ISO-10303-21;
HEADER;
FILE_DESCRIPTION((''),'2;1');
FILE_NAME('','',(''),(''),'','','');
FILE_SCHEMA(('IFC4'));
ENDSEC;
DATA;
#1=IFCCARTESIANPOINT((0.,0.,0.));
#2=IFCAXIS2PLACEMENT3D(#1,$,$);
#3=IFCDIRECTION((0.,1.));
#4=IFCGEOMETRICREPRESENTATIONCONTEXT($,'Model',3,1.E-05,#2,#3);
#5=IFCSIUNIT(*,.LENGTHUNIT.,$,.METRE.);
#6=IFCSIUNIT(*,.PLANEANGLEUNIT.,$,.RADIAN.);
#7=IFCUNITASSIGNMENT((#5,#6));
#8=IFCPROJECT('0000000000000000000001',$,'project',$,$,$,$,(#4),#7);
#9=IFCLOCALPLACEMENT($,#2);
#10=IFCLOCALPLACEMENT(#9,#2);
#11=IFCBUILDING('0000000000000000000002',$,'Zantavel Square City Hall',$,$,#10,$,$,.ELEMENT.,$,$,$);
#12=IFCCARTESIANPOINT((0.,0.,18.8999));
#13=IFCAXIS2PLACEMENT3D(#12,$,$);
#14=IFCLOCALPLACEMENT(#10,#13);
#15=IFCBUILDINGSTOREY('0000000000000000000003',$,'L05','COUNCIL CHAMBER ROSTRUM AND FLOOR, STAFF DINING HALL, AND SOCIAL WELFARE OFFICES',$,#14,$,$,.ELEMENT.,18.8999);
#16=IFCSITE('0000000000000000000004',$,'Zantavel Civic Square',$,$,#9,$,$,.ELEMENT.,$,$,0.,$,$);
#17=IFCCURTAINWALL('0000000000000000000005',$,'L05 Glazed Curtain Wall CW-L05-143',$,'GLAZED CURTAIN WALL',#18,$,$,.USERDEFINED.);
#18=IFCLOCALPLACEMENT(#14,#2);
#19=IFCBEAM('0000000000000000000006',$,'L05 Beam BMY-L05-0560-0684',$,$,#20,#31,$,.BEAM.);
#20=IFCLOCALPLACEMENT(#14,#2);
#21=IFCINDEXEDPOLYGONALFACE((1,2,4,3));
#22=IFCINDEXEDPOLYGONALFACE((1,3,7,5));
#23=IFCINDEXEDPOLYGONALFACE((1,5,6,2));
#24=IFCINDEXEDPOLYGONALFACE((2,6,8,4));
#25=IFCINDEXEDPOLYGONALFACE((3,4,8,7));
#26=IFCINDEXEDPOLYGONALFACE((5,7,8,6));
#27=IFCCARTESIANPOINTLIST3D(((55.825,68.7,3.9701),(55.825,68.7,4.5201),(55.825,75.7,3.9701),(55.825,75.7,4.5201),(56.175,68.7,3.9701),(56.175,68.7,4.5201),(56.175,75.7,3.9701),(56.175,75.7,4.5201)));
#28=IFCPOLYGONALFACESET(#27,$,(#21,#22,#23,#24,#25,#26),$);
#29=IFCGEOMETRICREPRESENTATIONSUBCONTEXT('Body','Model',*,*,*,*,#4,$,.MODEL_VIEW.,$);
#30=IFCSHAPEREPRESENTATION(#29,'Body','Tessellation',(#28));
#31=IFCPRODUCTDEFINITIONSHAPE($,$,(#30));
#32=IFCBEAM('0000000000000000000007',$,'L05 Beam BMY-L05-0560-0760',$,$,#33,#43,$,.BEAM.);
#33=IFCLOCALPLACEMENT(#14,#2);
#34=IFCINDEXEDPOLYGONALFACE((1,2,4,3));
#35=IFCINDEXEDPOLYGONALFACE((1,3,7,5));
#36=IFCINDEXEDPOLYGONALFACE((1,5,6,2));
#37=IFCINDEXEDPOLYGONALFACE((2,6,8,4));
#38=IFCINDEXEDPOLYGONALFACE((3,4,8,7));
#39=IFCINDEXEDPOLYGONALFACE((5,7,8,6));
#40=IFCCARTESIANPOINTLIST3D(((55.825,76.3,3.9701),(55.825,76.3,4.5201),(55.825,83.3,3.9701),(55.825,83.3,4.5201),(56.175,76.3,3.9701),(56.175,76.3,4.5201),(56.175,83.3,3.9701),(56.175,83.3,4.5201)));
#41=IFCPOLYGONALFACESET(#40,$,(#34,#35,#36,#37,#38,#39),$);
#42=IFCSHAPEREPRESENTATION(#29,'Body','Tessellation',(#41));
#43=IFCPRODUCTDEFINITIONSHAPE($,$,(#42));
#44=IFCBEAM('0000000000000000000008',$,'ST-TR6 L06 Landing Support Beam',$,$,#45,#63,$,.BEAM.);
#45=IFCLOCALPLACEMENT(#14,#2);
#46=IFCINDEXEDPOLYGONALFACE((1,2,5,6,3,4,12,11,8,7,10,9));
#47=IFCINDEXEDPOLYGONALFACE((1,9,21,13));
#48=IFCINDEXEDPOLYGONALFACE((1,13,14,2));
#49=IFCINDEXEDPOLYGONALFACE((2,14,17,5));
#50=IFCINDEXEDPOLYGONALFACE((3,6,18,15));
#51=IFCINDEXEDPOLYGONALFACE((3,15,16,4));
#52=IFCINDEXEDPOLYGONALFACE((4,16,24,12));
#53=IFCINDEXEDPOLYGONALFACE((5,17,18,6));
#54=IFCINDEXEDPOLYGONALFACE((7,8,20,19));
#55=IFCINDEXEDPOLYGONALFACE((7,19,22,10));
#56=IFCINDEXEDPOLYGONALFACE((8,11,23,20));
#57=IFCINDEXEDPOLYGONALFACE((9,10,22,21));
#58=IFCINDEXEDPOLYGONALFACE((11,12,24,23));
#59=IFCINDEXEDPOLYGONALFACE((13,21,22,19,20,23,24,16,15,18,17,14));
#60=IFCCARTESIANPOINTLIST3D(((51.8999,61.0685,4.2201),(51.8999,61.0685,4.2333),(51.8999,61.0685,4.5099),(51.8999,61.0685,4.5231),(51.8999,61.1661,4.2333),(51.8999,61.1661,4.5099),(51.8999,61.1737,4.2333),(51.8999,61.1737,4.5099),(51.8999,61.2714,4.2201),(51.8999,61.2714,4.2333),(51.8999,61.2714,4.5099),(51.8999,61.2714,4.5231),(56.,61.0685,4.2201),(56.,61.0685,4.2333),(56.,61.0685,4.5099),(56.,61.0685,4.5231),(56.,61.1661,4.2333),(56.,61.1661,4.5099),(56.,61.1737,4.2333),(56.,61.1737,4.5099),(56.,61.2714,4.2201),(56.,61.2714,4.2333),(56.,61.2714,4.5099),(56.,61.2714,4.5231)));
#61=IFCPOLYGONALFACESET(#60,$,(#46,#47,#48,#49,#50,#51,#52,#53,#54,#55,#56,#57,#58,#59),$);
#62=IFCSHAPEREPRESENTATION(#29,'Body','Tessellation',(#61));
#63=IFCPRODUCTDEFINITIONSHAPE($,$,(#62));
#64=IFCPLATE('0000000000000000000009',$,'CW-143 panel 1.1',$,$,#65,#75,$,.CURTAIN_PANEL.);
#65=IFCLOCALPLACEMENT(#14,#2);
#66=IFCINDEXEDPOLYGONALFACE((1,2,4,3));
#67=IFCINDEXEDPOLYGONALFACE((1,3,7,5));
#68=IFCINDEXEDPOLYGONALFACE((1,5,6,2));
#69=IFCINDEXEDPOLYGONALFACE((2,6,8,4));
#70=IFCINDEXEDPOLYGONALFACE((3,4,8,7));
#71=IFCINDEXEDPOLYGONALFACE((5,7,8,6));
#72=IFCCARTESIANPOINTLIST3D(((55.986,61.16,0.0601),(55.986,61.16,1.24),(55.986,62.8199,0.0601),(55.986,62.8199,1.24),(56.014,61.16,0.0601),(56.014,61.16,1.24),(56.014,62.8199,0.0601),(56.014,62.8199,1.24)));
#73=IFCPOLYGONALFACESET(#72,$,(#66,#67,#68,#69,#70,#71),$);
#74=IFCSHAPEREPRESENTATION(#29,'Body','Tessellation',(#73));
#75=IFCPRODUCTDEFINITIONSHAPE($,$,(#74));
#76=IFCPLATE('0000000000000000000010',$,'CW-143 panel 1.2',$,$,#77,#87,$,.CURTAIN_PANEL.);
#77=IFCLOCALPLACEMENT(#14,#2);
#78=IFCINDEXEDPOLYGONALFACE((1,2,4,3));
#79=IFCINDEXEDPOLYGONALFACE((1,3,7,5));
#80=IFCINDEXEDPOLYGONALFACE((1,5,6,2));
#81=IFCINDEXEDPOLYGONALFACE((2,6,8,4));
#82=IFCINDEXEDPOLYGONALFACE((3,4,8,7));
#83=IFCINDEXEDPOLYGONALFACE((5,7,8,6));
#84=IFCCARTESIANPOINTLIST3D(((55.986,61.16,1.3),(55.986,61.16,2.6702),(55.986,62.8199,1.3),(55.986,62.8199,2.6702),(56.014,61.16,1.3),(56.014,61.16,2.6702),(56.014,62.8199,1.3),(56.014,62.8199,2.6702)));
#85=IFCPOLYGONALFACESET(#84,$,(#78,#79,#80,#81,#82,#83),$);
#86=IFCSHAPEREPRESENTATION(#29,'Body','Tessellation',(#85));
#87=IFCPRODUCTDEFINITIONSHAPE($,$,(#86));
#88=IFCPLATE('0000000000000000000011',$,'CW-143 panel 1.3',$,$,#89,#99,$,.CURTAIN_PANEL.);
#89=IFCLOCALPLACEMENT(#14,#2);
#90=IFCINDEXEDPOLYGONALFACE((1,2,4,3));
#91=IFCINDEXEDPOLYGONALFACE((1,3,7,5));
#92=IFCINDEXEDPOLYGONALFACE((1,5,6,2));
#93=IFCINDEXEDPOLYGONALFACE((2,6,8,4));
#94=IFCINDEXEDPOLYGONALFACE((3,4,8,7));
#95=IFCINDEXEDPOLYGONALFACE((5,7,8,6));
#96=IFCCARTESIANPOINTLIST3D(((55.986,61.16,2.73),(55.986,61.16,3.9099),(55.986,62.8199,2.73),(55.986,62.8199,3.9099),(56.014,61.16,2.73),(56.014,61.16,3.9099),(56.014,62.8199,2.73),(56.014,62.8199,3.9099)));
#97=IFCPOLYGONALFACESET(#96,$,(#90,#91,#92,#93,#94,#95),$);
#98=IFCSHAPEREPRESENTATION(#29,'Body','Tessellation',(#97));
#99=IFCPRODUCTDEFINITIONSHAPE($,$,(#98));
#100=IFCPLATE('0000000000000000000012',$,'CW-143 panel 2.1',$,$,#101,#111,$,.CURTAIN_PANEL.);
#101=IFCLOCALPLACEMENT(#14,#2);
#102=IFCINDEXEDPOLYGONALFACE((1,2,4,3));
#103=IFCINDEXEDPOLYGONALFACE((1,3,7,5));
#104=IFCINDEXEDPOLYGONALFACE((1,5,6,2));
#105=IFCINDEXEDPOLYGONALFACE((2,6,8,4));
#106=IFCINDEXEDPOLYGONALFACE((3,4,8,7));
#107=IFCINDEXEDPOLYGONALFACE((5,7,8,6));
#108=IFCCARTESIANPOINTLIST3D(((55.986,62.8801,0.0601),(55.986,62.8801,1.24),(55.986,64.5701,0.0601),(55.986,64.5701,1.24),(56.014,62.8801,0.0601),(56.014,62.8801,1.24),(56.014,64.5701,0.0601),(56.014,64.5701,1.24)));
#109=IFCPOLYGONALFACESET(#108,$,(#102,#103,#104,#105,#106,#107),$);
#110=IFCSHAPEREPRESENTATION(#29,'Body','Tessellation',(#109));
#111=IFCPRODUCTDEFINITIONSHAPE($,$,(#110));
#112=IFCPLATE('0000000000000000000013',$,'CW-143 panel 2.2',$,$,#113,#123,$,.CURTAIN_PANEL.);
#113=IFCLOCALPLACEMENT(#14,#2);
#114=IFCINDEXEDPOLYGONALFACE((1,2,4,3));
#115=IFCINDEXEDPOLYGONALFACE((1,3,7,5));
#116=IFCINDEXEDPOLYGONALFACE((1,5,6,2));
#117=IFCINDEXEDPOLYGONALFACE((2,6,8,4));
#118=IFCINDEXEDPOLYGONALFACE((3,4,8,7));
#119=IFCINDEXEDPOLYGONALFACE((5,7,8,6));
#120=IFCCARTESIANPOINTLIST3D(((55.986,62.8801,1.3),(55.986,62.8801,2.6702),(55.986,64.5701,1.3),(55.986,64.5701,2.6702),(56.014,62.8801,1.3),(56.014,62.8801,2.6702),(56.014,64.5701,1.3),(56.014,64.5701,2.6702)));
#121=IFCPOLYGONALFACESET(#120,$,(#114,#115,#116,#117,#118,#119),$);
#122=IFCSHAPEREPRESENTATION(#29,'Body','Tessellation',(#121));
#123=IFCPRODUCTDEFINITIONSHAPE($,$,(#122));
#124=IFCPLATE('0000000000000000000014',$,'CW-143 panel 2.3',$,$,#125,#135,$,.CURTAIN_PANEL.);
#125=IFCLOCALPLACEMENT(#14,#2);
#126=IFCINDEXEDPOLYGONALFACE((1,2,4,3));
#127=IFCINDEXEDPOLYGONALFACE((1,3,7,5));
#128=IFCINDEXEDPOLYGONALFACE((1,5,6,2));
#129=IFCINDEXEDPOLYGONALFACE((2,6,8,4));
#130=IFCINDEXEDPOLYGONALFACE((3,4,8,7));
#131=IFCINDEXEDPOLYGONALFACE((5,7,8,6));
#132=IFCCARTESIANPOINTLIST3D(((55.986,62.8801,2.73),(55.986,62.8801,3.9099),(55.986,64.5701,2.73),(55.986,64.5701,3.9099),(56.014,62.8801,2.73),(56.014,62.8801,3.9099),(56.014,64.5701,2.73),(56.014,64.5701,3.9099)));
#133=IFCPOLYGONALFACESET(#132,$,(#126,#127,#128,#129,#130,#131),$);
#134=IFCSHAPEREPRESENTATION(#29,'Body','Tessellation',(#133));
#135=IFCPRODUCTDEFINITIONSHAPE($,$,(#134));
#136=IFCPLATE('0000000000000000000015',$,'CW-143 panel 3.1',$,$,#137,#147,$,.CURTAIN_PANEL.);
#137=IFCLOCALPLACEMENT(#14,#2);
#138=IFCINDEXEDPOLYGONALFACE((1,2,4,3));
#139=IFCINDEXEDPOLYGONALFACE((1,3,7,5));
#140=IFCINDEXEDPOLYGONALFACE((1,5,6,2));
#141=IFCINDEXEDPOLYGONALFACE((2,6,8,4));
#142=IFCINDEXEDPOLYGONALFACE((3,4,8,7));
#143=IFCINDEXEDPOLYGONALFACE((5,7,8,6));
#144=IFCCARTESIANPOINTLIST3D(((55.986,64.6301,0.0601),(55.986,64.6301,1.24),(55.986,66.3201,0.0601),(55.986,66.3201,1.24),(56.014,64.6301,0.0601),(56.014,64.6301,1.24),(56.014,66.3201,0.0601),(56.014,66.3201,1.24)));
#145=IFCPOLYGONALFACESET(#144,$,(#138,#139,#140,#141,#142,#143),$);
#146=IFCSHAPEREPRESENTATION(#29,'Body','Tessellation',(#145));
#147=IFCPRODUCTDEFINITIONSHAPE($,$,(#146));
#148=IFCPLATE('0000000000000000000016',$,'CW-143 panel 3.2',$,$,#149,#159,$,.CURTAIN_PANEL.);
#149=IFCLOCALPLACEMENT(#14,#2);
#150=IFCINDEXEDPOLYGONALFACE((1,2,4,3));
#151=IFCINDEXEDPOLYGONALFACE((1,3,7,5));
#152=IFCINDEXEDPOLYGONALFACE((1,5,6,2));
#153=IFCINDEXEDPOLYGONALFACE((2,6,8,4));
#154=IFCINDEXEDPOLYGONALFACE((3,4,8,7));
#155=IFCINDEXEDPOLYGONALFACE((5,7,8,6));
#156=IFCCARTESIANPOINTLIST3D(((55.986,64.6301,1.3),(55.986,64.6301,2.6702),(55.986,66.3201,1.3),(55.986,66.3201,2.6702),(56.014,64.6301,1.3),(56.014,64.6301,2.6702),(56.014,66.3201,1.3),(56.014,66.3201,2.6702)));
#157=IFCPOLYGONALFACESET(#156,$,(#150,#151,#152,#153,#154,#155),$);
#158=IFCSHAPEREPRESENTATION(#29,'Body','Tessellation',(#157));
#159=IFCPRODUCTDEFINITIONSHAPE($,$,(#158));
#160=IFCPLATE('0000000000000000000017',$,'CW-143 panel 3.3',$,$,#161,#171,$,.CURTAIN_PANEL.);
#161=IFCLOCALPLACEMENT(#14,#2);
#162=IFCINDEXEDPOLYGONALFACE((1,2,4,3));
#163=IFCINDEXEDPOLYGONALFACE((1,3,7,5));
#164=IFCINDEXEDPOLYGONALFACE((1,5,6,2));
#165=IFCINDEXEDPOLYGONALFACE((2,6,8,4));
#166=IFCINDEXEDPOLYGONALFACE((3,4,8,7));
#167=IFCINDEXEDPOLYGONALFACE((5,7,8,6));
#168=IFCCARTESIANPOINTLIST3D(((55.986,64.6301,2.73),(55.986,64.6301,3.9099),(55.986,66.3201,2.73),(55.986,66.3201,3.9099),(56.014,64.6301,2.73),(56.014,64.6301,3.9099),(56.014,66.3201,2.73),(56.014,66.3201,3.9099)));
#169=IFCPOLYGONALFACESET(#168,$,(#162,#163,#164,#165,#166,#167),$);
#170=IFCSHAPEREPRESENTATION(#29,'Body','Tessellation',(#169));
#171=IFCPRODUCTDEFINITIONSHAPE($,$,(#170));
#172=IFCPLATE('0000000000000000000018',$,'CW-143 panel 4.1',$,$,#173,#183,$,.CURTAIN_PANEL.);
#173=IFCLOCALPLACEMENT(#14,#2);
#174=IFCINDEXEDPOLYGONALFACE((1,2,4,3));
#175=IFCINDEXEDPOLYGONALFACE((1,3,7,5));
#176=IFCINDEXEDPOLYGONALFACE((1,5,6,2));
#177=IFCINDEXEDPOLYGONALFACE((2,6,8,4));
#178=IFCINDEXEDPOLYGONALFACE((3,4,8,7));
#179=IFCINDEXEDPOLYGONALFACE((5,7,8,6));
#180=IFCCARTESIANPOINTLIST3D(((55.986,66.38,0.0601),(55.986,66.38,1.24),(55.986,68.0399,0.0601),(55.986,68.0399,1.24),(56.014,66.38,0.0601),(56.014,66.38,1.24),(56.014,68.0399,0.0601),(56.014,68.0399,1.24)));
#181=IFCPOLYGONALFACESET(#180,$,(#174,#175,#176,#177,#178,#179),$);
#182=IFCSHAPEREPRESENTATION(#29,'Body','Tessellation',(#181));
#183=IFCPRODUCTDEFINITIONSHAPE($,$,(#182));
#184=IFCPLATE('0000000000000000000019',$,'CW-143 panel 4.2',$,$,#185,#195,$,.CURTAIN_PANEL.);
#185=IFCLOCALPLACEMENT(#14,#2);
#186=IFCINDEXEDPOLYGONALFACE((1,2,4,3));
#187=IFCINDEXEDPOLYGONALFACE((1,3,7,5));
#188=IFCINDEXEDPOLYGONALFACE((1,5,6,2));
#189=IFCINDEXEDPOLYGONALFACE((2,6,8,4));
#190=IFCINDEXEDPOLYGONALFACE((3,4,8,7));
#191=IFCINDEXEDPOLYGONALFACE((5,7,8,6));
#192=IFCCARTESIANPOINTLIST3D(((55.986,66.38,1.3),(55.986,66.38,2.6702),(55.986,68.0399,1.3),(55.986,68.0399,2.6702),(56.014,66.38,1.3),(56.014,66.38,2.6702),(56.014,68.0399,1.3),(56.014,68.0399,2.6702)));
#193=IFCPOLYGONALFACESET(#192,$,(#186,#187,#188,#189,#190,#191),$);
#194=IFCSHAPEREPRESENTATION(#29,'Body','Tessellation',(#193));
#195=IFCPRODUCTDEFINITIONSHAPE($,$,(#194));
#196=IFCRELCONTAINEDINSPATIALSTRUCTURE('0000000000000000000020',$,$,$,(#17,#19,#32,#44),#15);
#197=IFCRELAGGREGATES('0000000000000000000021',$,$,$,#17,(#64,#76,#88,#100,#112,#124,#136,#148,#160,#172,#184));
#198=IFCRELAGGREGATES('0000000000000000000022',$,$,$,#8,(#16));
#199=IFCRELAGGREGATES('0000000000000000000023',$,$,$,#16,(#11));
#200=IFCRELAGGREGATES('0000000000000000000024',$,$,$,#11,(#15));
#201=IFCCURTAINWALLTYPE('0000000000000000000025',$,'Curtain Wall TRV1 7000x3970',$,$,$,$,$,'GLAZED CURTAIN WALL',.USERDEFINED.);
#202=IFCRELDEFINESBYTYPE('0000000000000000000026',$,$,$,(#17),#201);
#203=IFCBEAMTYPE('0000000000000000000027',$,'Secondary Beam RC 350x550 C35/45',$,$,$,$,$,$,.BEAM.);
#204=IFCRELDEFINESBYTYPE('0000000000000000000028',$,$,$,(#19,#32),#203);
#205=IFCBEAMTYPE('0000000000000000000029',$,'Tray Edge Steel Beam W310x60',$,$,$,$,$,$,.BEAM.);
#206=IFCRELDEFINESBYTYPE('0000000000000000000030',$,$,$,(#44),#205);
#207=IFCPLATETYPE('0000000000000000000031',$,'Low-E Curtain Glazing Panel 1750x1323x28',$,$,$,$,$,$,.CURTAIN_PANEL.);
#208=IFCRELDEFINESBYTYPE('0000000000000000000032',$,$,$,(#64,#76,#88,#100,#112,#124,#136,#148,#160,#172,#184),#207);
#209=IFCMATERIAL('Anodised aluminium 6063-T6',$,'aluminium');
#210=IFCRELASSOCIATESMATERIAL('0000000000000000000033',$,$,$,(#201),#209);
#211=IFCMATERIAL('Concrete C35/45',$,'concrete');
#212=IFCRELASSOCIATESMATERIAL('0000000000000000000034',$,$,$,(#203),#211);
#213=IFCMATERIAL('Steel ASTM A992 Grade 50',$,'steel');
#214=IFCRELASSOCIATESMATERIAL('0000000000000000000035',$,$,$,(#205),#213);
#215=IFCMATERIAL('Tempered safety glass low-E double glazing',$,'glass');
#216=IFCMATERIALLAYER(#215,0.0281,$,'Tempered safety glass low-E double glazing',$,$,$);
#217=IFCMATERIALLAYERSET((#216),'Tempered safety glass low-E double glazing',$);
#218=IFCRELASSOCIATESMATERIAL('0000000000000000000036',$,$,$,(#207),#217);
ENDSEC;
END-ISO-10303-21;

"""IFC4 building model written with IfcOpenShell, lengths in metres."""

from ifc_helpers import new_model, si_unit, direction, frame, origin, origin_2d, place, context, subcontext, project, spatial, rectangle, i_section, extrude, material, layer, layer_set, material_profile, profile_set, type_object, element, aggregate, save


model = new_model("IFC4")

# Units and contexts
model_context = context("Model", 3, precision=1e-05, world=origin(), true_north=direction((0.0, 1.0)))
body_context = subcontext(model_context, "Body", "Model", "MODEL_VIEW")
ifc_project = project(units=[si_unit("LENGTHUNIT", "METRE"), si_unit("PLANEANGLEUNIT", "RADIAN")], contexts=[model_context])

# Site, building, storey
site_placement = place(None, origin())
site = spatial("IfcSite", under=ifc_project, at=site_placement, Name="Zantavel Civic Square", CompositionType="ELEMENT", RefElevation=0.0)
building_placement = place(site_placement, origin())
building = spatial("IfcBuilding", under=site, at=building_placement, Name="Zantavel Square City Hall", CompositionType="ELEMENT")
storey_placement = place(building_placement, frame((0.0, 0.0, 18.8999)))
storey = spatial("IfcBuildingStorey", under=building, at=storey_placement, Name="L05", Description="COUNCIL CHAMBER ROSTRUM AND FLOOR, STAFF DINING HALL, AND SOCIAL WELFARE OFFICES", CompositionType="ELEMENT", Elevation=18.8999)

# Curtain wall
ifc_material_1 = material(Name="Anodised aluminium 6063-T6", Category="aluminium")
curtain_wall_type = type_object("IfcCurtainWallType", Name="Curtain Wall TRV1 7000x3970", ElementType="GLAZED CURTAIN WALL", PredefinedType="USERDEFINED", material=ifc_material_1)
curtain_wall_placement = place(storey_placement, origin())
curtain_wall = element("IfcCurtainWall", 1, at=curtain_wall_placement, inside=storey, type_object=curtain_wall_type, Name="L05 Glazed Curtain Wall CW-L05-143", ObjectType="GLAZED CURTAIN WALL", PredefinedType="USERDEFINED")

# Beams
ifc_material_2 = material(Name="Concrete C35/45", Category="concrete")
ifc_material_profile_1 = material_profile(ifc_material_2, rectangle(XDim=0.3501, YDim=0.55, at=origin_2d()), Name="RC 350x550")
ifc_profile_set_1 = profile_set([ifc_material_profile_1], Name="Concrete C35/45")
beam_type_1 = type_object("IfcBeamType", Name="Secondary Beam RC 350x550 C35/45", PredefinedType="BEAM", material=ifc_profile_set_1)
for number, where, z_axis, x_axis, name in (
    (2, (56.0, 68.7, 4.2451), (0.0, 1.0, 0.0), (-1.0, 0.0, 0.0), "L05 Beam BMY-L05-0560-0684"),
    (3, (56.0, 76.3, 4.2451), (0.0, 1.0, 0.0), (-1.0, 0.0, 0.0), "L05 Beam BMY-L05-0560-0760"),
):
    element("IfcBeam", number, at=place(storey_placement, frame(where, z_axis=z_axis, x_axis=x_axis)), inside=storey, type_object=beam_type_1, Name=name, PredefinedType="BEAM", context=body_context, shape_type="SweptSolid", body=[
        extrude(rectangle(XDim=0.3501, YDim=0.55, at=origin_2d()), origin(), (0.0, 0.0, 1.0), 7.0),
    ])
ifc_material_3 = material(Name="Steel ASTM A992 Grade 50", Category="steel")
ifc_material_profile_2 = material_profile(ifc_material_3, i_section(OverallWidth=0.2029, OverallDepth=0.303, WebThickness=0.0076, FlangeThickness=0.0132, at=origin_2d()), Name="W310x60")
ifc_profile_set_2 = profile_set([ifc_material_profile_2], Name="Steel ASTM A992 Grade 50")
beam_type_2 = type_object("IfcBeamType", Name="Tray Edge Steel Beam W310x60", PredefinedType="BEAM", material=ifc_profile_set_2)
beam_placement = place(storey_placement, frame((56.0, 61.1699, 4.3716), z_axis=(-1.0, 0.0, 0.0), x_axis=(0.0, -1.0, 0.0)))
element("IfcBeam", 4, at=beam_placement, inside=storey, type_object=beam_type_2, Name="ST-TR6 L06 Landing Support Beam", PredefinedType="BEAM", context=body_context, shape_type="SweptSolid", body=[
    extrude(i_section(OverallWidth=0.2029, OverallDepth=0.303, WebThickness=0.0076, FlangeThickness=0.0132, at=origin_2d()), origin(), (0.0, 0.0, 1.0), 4.1001),
])

# Plates
ifc_material_4 = material(Name="Tempered safety glass low-E double glazing", Category="glass")
ifc_layer = layer(ifc_material_4, 0.0281, Name="Tempered safety glass low-E double glazing")
ifc_layer_set = layer_set([ifc_layer], Name="Tempered safety glass low-E double glazing")
plate_type = type_object("IfcPlateType", Name="Low-E Curtain Glazing Panel 1750x1323x28", PredefinedType="CURTAIN_PANEL", material=ifc_layer_set)
plate_1_placement = place(storey_placement, frame((56.0, 61.99, 0.0601), z_axis=(0.0, 0.0, 1.0), x_axis=(0.0, 1.0, 0.0)))
plate_1 = element("IfcPlate", 5, at=plate_1_placement, type_object=plate_type, Name="CW-143 panel 1.1", PredefinedType="CURTAIN_PANEL", context=body_context, shape_type="SweptSolid", body=[
    extrude(rectangle(XDim=1.6599, YDim=0.0281, at=origin_2d()), origin(), (0.0, 0.0, 1.0), 1.1799),
])
plate_2_placement = place(storey_placement, frame((56.0, 61.99, 1.3), z_axis=(0.0, 0.0, 1.0), x_axis=(0.0, 1.0, 0.0)))
plate_2 = element("IfcPlate", 6, at=plate_2_placement, type_object=plate_type, Name="CW-143 panel 1.2", PredefinedType="CURTAIN_PANEL", context=body_context, shape_type="SweptSolid", body=[
    extrude(rectangle(XDim=1.6599, YDim=0.0281, at=origin_2d()), origin(), (0.0, 0.0, 1.0), 1.3701),
])
plate_3_placement = place(storey_placement, frame((56.0, 61.99, 2.73), z_axis=(0.0, 0.0, 1.0), x_axis=(0.0, 1.0, 0.0)))
plate_3 = element("IfcPlate", 7, at=plate_3_placement, type_object=plate_type, Name="CW-143 panel 1.3", PredefinedType="CURTAIN_PANEL", context=body_context, shape_type="SweptSolid", body=[
    extrude(rectangle(XDim=1.6599, YDim=0.0281, at=origin_2d()), origin(), (0.0, 0.0, 1.0), 1.1799),
])
plate_4_placement = place(storey_placement, frame((56.0, 63.7251, 0.0601), z_axis=(0.0, 0.0, 1.0), x_axis=(0.0, 1.0, 0.0)))
plate_4 = element("IfcPlate", 8, at=plate_4_placement, type_object=plate_type, Name="CW-143 panel 2.1", PredefinedType="CURTAIN_PANEL", context=body_context, shape_type="SweptSolid", body=[
    extrude(rectangle(XDim=1.6899, YDim=0.0281, at=origin_2d()), origin(), (0.0, 0.0, 1.0), 1.1799),
])
plate_5_placement = place(storey_placement, frame((56.0, 63.7251, 1.3), z_axis=(0.0, 0.0, 1.0), x_axis=(0.0, 1.0, 0.0)))
plate_5 = element("IfcPlate", 9, at=plate_5_placement, type_object=plate_type, Name="CW-143 panel 2.2", PredefinedType="CURTAIN_PANEL", context=body_context, shape_type="SweptSolid", body=[
    extrude(rectangle(XDim=1.6899, YDim=0.0281, at=origin_2d()), origin(), (0.0, 0.0, 1.0), 1.3701),
])
plate_6_placement = place(storey_placement, frame((56.0, 63.7251, 2.73), z_axis=(0.0, 0.0, 1.0), x_axis=(0.0, 1.0, 0.0)))
plate_6 = element("IfcPlate", 10, at=plate_6_placement, type_object=plate_type, Name="CW-143 panel 2.3", PredefinedType="CURTAIN_PANEL", context=body_context, shape_type="SweptSolid", body=[
    extrude(rectangle(XDim=1.6899, YDim=0.0281, at=origin_2d()), origin(), (0.0, 0.0, 1.0), 1.1799),
])
plate_7_placement = place(storey_placement, frame((56.0, 65.4751, 0.0601), z_axis=(0.0, 0.0, 1.0), x_axis=(0.0, 1.0, 0.0)))
plate_7 = element("IfcPlate", 11, at=plate_7_placement, type_object=plate_type, Name="CW-143 panel 3.1", PredefinedType="CURTAIN_PANEL", context=body_context, shape_type="SweptSolid", body=[
    extrude(rectangle(XDim=1.6899, YDim=0.0281, at=origin_2d()), origin(), (0.0, 0.0, 1.0), 1.1799),
])
plate_8_placement = place(storey_placement, frame((56.0, 65.4751, 1.3), z_axis=(0.0, 0.0, 1.0), x_axis=(0.0, 1.0, 0.0)))
plate_8 = element("IfcPlate", 12, at=plate_8_placement, type_object=plate_type, Name="CW-143 panel 3.2", PredefinedType="CURTAIN_PANEL", context=body_context, shape_type="SweptSolid", body=[
    extrude(rectangle(XDim=1.6899, YDim=0.0281, at=origin_2d()), origin(), (0.0, 0.0, 1.0), 1.3701),
])
plate_9_placement = place(storey_placement, frame((56.0, 65.4751, 2.73), z_axis=(0.0, 0.0, 1.0), x_axis=(0.0, 1.0, 0.0)))
plate_9 = element("IfcPlate", 13, at=plate_9_placement, type_object=plate_type, Name="CW-143 panel 3.3", PredefinedType="CURTAIN_PANEL", context=body_context, shape_type="SweptSolid", body=[
    extrude(rectangle(XDim=1.6899, YDim=0.0281, at=origin_2d()), origin(), (0.0, 0.0, 1.0), 1.1799),
])
plate_10_placement = place(storey_placement, frame((56.0, 67.21, 0.0601), z_axis=(0.0, 0.0, 1.0), x_axis=(0.0, 1.0, 0.0)))
plate_10 = element("IfcPlate", 14, at=plate_10_placement, type_object=plate_type, Name="CW-143 panel 4.1", PredefinedType="CURTAIN_PANEL", context=body_context, shape_type="SweptSolid", body=[
    extrude(rectangle(XDim=1.6599, YDim=0.0281, at=origin_2d()), origin(), (0.0, 0.0, 1.0), 1.1799),
])
plate_11_placement = place(storey_placement, frame((56.0, 67.21, 1.3), z_axis=(0.0, 0.0, 1.0), x_axis=(0.0, 1.0, 0.0)))
plate_11 = element("IfcPlate", 15, at=plate_11_placement, type_object=plate_type, Name="CW-143 panel 4.2", PredefinedType="CURTAIN_PANEL", context=body_context, shape_type="SweptSolid", body=[
    extrude(rectangle(XDim=1.6599, YDim=0.0281, at=origin_2d()), origin(), (0.0, 0.0, 1.0), 1.3701),
])
aggregate(curtain_wall, [plate_1, plate_2, plate_3, plate_4, plate_5, plate_6, plate_7, plate_8, plate_9, plate_10, plate_11])

save(model, "model.ifc")
